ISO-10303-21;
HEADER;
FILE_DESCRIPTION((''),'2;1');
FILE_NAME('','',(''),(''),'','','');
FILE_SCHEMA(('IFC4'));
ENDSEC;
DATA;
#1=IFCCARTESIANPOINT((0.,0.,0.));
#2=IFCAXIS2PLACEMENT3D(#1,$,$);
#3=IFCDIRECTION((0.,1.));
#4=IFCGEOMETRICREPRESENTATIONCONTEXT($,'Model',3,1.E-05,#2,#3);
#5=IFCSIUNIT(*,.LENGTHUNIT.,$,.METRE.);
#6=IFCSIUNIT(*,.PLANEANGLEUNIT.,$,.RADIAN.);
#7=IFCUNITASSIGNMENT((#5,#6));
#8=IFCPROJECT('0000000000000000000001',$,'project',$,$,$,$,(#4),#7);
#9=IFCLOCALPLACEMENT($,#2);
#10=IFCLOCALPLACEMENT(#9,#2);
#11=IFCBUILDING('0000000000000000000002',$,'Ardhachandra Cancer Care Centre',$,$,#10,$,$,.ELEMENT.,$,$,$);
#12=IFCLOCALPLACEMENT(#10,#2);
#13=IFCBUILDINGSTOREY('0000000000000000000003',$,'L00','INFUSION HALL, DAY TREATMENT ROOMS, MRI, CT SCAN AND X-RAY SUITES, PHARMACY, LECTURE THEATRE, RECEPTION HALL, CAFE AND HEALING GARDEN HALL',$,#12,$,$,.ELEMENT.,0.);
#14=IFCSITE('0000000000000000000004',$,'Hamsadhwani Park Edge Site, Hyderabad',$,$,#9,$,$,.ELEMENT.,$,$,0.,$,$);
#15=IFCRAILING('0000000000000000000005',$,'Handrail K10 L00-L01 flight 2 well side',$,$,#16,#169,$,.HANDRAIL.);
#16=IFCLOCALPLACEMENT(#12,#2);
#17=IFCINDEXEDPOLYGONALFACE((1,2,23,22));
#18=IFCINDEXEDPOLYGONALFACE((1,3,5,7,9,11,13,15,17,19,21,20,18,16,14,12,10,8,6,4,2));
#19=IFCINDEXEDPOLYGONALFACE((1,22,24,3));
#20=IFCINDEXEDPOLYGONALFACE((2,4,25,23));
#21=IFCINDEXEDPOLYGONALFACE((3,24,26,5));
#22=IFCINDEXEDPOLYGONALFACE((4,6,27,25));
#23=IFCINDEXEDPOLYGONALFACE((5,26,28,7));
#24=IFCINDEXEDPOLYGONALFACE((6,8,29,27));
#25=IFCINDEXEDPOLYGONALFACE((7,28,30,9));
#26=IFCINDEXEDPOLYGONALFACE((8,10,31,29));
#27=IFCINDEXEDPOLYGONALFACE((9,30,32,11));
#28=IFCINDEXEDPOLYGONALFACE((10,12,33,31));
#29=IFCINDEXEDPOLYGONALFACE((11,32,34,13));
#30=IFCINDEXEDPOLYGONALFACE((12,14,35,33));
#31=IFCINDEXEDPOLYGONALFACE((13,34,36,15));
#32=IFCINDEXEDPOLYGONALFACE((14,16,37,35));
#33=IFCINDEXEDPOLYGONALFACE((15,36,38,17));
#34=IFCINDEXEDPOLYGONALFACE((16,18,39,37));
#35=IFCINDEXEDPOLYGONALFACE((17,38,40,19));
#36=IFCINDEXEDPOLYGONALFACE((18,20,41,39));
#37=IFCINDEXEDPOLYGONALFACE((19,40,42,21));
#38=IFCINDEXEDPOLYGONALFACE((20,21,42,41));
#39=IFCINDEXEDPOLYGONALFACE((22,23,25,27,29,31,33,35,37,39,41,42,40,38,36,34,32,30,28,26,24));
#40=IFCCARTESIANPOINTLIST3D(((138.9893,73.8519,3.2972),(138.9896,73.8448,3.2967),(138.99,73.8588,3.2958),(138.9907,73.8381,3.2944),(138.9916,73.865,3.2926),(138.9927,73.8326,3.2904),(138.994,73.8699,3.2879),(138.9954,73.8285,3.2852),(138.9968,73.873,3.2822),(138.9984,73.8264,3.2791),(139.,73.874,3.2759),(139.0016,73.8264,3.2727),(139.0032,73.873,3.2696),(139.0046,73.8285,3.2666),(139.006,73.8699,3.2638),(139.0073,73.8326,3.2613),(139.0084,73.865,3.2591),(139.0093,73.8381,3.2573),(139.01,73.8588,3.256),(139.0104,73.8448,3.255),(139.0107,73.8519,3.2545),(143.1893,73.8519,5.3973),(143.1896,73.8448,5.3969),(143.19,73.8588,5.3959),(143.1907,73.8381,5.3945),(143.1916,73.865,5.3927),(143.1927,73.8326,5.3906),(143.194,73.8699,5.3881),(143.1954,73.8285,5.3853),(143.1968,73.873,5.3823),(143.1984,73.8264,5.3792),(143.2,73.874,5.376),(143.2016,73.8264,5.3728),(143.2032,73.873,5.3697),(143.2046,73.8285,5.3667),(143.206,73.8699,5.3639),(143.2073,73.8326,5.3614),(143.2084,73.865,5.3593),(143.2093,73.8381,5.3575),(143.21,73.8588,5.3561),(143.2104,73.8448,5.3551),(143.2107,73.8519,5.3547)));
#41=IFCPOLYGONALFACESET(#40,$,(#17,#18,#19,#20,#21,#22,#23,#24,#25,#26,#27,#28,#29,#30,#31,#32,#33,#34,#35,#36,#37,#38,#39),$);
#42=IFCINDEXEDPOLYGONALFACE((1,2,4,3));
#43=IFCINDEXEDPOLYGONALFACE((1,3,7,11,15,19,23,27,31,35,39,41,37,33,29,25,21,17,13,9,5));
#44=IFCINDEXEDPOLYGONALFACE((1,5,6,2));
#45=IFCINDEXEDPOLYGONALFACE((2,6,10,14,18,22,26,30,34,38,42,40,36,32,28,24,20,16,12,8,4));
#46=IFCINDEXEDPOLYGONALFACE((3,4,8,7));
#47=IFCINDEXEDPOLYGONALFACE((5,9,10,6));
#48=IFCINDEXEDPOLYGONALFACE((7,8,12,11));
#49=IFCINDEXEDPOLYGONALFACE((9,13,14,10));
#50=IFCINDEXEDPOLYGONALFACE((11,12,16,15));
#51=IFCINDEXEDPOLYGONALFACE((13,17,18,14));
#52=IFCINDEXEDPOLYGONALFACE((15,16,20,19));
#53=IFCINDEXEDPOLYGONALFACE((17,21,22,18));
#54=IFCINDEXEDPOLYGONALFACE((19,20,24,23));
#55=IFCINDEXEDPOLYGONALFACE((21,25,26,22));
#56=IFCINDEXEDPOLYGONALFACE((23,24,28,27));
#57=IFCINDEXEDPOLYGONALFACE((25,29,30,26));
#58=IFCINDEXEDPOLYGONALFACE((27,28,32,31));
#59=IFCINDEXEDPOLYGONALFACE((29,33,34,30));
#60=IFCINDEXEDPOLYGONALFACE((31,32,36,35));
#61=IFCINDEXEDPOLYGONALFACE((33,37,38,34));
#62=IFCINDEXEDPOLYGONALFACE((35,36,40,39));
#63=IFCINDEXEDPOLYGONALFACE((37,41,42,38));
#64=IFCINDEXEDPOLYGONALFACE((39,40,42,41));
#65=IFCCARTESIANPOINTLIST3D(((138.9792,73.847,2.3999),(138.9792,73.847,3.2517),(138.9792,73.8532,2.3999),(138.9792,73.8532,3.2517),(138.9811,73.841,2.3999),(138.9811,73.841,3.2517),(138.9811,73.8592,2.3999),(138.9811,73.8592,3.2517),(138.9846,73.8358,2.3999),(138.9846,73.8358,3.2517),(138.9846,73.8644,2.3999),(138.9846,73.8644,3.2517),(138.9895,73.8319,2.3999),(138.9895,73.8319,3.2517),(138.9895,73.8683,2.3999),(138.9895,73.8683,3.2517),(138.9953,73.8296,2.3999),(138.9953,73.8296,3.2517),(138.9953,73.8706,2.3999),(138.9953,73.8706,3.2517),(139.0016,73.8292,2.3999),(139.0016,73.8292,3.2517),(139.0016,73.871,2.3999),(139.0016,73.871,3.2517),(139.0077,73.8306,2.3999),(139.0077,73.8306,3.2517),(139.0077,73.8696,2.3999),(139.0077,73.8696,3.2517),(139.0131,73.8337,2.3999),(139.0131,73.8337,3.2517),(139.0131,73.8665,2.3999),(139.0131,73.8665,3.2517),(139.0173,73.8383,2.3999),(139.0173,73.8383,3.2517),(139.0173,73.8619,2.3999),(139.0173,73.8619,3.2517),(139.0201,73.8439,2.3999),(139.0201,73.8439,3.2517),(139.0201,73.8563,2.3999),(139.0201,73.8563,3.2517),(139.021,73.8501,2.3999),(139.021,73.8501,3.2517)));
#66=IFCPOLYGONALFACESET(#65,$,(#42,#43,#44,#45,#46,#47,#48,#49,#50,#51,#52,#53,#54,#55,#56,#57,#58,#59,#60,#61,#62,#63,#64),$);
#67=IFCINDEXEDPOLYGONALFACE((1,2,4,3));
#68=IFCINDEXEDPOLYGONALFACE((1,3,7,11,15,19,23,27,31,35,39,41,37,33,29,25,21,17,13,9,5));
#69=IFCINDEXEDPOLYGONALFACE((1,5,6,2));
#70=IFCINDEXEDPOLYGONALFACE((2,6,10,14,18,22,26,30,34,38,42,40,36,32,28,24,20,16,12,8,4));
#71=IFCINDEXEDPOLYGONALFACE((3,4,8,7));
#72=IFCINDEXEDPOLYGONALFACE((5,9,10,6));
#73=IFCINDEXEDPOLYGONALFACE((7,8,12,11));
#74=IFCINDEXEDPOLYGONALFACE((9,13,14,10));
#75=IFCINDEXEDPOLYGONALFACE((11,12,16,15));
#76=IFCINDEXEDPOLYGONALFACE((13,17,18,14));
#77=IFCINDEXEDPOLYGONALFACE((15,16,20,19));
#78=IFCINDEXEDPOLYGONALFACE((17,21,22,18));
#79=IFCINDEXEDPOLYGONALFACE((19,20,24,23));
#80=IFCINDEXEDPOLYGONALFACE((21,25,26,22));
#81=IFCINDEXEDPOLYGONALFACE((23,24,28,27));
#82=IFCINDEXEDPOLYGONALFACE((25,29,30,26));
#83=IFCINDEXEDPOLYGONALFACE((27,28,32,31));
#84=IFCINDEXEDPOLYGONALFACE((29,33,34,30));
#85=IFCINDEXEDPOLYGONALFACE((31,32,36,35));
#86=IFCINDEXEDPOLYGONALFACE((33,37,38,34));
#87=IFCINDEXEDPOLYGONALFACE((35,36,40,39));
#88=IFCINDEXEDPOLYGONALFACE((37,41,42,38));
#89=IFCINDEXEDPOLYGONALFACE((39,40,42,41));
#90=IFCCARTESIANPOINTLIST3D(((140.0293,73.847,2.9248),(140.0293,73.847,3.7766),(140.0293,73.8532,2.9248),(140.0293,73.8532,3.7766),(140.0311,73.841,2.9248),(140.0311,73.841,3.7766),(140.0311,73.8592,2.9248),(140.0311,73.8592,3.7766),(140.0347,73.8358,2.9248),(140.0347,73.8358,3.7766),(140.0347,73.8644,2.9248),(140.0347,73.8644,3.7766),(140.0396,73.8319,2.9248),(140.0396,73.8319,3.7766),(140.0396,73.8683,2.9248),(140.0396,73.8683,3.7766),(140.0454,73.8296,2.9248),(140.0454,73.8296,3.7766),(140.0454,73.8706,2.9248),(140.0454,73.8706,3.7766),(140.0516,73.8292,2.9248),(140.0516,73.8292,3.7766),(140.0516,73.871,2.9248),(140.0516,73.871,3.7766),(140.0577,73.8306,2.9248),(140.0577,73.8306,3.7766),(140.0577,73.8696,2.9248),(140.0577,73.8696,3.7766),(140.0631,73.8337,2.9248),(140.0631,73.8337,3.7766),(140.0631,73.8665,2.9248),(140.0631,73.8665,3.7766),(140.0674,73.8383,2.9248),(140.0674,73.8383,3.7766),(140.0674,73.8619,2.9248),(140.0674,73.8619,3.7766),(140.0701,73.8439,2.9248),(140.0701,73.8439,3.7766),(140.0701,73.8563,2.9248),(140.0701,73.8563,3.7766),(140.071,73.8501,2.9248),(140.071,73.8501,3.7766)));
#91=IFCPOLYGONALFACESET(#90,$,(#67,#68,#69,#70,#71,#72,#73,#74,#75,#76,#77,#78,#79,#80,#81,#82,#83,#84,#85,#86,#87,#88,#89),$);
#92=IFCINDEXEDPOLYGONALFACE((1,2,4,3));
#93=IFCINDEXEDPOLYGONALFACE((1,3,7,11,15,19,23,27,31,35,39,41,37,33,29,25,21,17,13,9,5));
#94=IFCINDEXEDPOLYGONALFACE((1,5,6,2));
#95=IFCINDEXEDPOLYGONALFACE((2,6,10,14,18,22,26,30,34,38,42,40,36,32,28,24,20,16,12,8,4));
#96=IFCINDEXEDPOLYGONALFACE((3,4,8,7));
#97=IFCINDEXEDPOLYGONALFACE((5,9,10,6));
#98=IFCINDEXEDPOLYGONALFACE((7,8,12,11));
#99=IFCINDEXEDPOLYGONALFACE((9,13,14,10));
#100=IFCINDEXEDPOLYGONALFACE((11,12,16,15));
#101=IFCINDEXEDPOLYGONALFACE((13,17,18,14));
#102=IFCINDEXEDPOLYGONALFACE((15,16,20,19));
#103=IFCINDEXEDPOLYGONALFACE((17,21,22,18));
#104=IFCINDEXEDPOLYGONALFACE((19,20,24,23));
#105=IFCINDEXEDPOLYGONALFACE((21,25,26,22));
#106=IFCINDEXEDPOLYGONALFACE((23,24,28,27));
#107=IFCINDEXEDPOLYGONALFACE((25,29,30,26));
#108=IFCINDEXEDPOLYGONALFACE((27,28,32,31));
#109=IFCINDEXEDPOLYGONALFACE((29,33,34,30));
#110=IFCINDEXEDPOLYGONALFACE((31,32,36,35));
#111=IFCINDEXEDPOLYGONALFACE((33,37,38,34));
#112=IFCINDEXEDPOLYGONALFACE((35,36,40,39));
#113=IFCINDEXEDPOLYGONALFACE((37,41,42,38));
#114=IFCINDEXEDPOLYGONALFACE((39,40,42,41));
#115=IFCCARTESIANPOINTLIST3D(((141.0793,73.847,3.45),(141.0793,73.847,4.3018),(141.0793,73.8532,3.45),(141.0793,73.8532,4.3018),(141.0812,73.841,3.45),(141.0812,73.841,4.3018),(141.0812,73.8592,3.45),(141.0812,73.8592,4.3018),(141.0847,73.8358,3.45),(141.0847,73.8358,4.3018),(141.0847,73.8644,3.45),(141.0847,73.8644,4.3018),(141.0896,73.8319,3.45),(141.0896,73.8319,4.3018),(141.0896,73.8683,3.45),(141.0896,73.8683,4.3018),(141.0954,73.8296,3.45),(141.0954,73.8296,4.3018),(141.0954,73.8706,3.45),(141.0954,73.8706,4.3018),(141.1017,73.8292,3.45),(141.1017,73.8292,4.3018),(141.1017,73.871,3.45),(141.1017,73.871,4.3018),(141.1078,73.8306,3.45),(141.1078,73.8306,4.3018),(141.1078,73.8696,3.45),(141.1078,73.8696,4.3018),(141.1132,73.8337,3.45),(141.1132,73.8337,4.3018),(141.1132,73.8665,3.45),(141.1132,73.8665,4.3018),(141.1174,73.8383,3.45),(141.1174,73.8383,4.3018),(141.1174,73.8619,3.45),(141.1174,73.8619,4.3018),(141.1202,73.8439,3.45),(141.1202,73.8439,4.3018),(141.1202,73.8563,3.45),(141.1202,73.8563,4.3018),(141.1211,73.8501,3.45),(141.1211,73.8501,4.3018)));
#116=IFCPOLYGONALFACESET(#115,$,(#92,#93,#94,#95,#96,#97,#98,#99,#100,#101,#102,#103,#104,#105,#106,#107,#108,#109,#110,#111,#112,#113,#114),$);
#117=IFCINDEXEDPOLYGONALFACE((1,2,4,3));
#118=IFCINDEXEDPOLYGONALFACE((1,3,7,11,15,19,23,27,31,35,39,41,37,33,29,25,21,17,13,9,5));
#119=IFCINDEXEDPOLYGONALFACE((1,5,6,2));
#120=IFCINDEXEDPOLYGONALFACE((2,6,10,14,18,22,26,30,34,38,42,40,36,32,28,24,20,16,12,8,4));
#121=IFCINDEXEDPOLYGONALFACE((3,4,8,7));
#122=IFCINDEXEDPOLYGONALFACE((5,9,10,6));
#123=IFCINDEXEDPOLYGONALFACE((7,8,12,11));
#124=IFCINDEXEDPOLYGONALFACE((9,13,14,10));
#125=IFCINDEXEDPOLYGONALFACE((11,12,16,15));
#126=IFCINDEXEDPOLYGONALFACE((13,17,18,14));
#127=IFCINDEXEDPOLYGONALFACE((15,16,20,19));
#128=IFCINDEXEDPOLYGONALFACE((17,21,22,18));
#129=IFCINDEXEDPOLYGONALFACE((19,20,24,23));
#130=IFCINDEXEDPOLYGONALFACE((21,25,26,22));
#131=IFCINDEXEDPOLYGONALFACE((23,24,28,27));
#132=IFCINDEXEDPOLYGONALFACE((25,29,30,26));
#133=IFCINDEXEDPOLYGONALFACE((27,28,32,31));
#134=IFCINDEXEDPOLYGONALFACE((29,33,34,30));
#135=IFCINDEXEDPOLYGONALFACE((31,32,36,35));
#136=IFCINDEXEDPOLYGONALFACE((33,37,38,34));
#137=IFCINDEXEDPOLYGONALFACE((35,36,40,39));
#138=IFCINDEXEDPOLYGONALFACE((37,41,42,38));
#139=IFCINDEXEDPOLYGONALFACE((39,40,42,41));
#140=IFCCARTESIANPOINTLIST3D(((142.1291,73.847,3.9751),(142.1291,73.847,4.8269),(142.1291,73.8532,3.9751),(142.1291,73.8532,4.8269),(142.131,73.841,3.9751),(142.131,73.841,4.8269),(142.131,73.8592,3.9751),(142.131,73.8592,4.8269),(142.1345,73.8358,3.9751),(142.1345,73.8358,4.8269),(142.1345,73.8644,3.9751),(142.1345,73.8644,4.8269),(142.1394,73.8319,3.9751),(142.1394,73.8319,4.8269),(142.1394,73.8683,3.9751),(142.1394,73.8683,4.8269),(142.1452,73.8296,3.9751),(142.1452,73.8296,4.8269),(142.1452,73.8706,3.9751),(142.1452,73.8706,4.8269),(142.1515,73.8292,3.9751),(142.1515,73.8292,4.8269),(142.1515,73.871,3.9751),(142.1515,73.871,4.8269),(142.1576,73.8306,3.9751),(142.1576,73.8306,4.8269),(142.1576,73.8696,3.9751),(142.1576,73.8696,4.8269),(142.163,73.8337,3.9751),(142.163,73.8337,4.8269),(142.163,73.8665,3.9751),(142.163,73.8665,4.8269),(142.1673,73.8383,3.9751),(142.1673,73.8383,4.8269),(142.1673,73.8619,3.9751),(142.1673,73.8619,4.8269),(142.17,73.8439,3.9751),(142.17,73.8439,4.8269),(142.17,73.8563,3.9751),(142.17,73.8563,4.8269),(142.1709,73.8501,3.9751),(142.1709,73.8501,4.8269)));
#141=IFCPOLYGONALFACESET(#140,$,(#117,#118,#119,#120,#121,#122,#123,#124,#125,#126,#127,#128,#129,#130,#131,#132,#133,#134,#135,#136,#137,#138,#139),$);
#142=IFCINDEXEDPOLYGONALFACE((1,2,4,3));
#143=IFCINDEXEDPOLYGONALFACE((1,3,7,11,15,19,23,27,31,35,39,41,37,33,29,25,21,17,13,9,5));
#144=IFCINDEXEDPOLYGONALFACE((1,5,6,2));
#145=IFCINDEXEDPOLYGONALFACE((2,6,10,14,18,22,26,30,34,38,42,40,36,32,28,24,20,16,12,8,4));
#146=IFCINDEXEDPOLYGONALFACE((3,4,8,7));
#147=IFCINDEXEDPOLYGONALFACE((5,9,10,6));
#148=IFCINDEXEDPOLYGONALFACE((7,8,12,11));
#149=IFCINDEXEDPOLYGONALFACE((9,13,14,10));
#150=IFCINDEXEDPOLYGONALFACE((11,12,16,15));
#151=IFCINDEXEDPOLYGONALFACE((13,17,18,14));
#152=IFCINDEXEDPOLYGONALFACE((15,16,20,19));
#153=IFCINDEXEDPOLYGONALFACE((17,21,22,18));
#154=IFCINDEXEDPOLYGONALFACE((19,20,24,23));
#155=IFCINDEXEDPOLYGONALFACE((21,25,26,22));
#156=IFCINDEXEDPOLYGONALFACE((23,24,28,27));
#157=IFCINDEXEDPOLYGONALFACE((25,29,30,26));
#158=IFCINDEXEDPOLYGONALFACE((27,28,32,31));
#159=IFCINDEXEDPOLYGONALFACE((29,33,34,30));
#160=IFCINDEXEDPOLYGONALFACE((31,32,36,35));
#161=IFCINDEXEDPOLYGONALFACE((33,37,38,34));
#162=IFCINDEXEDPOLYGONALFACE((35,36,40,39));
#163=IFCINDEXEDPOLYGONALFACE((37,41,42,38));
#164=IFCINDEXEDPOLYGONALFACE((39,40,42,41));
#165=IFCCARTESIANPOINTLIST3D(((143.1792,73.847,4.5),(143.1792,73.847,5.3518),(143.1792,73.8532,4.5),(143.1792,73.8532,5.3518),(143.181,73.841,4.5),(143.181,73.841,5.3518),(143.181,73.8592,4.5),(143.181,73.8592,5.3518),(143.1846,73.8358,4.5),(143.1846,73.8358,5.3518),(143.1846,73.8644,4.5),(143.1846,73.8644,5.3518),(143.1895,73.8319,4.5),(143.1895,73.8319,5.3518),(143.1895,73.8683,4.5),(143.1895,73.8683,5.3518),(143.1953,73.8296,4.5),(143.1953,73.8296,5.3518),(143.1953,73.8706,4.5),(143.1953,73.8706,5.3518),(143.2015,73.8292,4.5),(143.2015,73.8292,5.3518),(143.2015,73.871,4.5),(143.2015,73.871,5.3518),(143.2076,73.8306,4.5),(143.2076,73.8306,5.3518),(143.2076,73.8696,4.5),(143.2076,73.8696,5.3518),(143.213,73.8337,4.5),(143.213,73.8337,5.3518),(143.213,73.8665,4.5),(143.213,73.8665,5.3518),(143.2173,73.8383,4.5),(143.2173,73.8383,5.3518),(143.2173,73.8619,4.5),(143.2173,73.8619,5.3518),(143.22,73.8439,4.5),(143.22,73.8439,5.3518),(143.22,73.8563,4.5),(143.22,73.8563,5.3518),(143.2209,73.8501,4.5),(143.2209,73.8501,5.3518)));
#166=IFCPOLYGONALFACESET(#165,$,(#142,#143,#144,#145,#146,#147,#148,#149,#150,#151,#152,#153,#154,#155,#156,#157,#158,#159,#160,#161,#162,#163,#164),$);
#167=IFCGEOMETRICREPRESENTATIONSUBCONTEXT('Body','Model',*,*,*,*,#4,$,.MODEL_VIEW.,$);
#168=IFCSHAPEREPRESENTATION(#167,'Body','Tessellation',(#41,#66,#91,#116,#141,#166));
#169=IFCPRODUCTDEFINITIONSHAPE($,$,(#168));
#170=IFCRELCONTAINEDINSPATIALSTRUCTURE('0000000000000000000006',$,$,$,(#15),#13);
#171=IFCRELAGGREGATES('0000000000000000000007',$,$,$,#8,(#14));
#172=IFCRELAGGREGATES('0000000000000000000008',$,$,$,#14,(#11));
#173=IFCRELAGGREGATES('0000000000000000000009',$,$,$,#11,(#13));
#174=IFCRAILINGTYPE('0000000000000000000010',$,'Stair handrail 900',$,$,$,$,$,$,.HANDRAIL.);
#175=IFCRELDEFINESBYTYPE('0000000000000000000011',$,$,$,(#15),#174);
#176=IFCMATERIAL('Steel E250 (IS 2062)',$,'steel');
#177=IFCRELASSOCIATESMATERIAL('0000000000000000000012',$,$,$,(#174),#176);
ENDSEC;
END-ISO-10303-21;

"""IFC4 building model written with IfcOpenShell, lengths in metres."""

from ifc_helpers import new_model, si_unit, direction, frame, origin, origin_2d, place, context, subcontext, project, spatial, circle, extrude, material, type_object, element, save


model = new_model("IFC4")

# Units and contexts
model_context = context("Model", 3, precision=1e-05, world=origin(), true_north=direction((0.0, 1.0)))
body_context = subcontext(model_context, "Body", "Model", "MODEL_VIEW")
ifc_project = project(units=[si_unit("LENGTHUNIT", "METRE"), si_unit("PLANEANGLEUNIT", "RADIAN")], contexts=[model_context])

# Site, building, storey
site_placement = place(None, origin())
site = spatial("IfcSite", under=ifc_project, at=site_placement, Name="Hamsadhwani Park Edge Site, Hyderabad", CompositionType="ELEMENT", RefElevation=0.0)
building_placement = place(site_placement, origin())
building = spatial("IfcBuilding", under=site, at=building_placement, Name="Ardhachandra Cancer Care Centre", CompositionType="ELEMENT")
storey_placement = place(building_placement, origin())
storey = spatial("IfcBuildingStorey", under=building, at=storey_placement, Name="L00", Description="INFUSION HALL, DAY TREATMENT ROOMS, MRI, CT SCAN AND X-RAY SUITES, PHARMACY, LECTURE THEATRE, RECEPTION HALL, CAFE AND HEALING GARDEN HALL", CompositionType="ELEMENT", Elevation=0.0)

# Railing
ifc_material_1 = material(Name="Steel E250 (IS 2062)", Category="steel")
railing_type_1 = type_object("IfcRailingType", Name="Stair handrail 900", PredefinedType="HANDRAIL", material=ifc_material_1)
for number, where, name in (
    (1, (139.0, 73.8501, 2.3999), "Handrail K10 L00-L01 flight 2 well side"),
):
    element("IfcRailing", number, at=place(storey_placement, frame(where)), inside=storey, type_object=railing_type_1, Name=name, PredefinedType="HANDRAIL", context=body_context, shape_type="SweptSolid", body=[
        extrude(circle(Radius=0.0239, at=origin_2d()), frame((0.0, 0.0, 0.876), z_axis=(0.894417, 0.0, 0.447234), x_axis=(0.0, 1.0, 0.0)), (0.0, 0.0, 1.0), 4.6958),
        extrude(circle(Radius=0.021, at=origin_2d()), origin(), (0.0, 0.0, 1.0), 0.8518),
        extrude(circle(Radius=0.021, at=origin_2d()), frame((1.05, 0.0, 0.5249)), (0.0, 0.0, 1.0), 0.8518),
        extrude(circle(Radius=0.021, at=origin_2d()), frame((2.1001, 0.0, 1.05)), (0.0, 0.0, 1.0), 0.8518),
        extrude(circle(Radius=0.021, at=origin_2d()), frame((3.1499, 0.0, 1.5752)), (0.0, 0.0, 1.0), 0.8518),
        extrude(circle(Radius=0.021, at=origin_2d()), frame((4.2, 0.0, 2.1001)), (0.0, 0.0, 1.0), 0.8518),
    ])

save(model, "model.ifc")
